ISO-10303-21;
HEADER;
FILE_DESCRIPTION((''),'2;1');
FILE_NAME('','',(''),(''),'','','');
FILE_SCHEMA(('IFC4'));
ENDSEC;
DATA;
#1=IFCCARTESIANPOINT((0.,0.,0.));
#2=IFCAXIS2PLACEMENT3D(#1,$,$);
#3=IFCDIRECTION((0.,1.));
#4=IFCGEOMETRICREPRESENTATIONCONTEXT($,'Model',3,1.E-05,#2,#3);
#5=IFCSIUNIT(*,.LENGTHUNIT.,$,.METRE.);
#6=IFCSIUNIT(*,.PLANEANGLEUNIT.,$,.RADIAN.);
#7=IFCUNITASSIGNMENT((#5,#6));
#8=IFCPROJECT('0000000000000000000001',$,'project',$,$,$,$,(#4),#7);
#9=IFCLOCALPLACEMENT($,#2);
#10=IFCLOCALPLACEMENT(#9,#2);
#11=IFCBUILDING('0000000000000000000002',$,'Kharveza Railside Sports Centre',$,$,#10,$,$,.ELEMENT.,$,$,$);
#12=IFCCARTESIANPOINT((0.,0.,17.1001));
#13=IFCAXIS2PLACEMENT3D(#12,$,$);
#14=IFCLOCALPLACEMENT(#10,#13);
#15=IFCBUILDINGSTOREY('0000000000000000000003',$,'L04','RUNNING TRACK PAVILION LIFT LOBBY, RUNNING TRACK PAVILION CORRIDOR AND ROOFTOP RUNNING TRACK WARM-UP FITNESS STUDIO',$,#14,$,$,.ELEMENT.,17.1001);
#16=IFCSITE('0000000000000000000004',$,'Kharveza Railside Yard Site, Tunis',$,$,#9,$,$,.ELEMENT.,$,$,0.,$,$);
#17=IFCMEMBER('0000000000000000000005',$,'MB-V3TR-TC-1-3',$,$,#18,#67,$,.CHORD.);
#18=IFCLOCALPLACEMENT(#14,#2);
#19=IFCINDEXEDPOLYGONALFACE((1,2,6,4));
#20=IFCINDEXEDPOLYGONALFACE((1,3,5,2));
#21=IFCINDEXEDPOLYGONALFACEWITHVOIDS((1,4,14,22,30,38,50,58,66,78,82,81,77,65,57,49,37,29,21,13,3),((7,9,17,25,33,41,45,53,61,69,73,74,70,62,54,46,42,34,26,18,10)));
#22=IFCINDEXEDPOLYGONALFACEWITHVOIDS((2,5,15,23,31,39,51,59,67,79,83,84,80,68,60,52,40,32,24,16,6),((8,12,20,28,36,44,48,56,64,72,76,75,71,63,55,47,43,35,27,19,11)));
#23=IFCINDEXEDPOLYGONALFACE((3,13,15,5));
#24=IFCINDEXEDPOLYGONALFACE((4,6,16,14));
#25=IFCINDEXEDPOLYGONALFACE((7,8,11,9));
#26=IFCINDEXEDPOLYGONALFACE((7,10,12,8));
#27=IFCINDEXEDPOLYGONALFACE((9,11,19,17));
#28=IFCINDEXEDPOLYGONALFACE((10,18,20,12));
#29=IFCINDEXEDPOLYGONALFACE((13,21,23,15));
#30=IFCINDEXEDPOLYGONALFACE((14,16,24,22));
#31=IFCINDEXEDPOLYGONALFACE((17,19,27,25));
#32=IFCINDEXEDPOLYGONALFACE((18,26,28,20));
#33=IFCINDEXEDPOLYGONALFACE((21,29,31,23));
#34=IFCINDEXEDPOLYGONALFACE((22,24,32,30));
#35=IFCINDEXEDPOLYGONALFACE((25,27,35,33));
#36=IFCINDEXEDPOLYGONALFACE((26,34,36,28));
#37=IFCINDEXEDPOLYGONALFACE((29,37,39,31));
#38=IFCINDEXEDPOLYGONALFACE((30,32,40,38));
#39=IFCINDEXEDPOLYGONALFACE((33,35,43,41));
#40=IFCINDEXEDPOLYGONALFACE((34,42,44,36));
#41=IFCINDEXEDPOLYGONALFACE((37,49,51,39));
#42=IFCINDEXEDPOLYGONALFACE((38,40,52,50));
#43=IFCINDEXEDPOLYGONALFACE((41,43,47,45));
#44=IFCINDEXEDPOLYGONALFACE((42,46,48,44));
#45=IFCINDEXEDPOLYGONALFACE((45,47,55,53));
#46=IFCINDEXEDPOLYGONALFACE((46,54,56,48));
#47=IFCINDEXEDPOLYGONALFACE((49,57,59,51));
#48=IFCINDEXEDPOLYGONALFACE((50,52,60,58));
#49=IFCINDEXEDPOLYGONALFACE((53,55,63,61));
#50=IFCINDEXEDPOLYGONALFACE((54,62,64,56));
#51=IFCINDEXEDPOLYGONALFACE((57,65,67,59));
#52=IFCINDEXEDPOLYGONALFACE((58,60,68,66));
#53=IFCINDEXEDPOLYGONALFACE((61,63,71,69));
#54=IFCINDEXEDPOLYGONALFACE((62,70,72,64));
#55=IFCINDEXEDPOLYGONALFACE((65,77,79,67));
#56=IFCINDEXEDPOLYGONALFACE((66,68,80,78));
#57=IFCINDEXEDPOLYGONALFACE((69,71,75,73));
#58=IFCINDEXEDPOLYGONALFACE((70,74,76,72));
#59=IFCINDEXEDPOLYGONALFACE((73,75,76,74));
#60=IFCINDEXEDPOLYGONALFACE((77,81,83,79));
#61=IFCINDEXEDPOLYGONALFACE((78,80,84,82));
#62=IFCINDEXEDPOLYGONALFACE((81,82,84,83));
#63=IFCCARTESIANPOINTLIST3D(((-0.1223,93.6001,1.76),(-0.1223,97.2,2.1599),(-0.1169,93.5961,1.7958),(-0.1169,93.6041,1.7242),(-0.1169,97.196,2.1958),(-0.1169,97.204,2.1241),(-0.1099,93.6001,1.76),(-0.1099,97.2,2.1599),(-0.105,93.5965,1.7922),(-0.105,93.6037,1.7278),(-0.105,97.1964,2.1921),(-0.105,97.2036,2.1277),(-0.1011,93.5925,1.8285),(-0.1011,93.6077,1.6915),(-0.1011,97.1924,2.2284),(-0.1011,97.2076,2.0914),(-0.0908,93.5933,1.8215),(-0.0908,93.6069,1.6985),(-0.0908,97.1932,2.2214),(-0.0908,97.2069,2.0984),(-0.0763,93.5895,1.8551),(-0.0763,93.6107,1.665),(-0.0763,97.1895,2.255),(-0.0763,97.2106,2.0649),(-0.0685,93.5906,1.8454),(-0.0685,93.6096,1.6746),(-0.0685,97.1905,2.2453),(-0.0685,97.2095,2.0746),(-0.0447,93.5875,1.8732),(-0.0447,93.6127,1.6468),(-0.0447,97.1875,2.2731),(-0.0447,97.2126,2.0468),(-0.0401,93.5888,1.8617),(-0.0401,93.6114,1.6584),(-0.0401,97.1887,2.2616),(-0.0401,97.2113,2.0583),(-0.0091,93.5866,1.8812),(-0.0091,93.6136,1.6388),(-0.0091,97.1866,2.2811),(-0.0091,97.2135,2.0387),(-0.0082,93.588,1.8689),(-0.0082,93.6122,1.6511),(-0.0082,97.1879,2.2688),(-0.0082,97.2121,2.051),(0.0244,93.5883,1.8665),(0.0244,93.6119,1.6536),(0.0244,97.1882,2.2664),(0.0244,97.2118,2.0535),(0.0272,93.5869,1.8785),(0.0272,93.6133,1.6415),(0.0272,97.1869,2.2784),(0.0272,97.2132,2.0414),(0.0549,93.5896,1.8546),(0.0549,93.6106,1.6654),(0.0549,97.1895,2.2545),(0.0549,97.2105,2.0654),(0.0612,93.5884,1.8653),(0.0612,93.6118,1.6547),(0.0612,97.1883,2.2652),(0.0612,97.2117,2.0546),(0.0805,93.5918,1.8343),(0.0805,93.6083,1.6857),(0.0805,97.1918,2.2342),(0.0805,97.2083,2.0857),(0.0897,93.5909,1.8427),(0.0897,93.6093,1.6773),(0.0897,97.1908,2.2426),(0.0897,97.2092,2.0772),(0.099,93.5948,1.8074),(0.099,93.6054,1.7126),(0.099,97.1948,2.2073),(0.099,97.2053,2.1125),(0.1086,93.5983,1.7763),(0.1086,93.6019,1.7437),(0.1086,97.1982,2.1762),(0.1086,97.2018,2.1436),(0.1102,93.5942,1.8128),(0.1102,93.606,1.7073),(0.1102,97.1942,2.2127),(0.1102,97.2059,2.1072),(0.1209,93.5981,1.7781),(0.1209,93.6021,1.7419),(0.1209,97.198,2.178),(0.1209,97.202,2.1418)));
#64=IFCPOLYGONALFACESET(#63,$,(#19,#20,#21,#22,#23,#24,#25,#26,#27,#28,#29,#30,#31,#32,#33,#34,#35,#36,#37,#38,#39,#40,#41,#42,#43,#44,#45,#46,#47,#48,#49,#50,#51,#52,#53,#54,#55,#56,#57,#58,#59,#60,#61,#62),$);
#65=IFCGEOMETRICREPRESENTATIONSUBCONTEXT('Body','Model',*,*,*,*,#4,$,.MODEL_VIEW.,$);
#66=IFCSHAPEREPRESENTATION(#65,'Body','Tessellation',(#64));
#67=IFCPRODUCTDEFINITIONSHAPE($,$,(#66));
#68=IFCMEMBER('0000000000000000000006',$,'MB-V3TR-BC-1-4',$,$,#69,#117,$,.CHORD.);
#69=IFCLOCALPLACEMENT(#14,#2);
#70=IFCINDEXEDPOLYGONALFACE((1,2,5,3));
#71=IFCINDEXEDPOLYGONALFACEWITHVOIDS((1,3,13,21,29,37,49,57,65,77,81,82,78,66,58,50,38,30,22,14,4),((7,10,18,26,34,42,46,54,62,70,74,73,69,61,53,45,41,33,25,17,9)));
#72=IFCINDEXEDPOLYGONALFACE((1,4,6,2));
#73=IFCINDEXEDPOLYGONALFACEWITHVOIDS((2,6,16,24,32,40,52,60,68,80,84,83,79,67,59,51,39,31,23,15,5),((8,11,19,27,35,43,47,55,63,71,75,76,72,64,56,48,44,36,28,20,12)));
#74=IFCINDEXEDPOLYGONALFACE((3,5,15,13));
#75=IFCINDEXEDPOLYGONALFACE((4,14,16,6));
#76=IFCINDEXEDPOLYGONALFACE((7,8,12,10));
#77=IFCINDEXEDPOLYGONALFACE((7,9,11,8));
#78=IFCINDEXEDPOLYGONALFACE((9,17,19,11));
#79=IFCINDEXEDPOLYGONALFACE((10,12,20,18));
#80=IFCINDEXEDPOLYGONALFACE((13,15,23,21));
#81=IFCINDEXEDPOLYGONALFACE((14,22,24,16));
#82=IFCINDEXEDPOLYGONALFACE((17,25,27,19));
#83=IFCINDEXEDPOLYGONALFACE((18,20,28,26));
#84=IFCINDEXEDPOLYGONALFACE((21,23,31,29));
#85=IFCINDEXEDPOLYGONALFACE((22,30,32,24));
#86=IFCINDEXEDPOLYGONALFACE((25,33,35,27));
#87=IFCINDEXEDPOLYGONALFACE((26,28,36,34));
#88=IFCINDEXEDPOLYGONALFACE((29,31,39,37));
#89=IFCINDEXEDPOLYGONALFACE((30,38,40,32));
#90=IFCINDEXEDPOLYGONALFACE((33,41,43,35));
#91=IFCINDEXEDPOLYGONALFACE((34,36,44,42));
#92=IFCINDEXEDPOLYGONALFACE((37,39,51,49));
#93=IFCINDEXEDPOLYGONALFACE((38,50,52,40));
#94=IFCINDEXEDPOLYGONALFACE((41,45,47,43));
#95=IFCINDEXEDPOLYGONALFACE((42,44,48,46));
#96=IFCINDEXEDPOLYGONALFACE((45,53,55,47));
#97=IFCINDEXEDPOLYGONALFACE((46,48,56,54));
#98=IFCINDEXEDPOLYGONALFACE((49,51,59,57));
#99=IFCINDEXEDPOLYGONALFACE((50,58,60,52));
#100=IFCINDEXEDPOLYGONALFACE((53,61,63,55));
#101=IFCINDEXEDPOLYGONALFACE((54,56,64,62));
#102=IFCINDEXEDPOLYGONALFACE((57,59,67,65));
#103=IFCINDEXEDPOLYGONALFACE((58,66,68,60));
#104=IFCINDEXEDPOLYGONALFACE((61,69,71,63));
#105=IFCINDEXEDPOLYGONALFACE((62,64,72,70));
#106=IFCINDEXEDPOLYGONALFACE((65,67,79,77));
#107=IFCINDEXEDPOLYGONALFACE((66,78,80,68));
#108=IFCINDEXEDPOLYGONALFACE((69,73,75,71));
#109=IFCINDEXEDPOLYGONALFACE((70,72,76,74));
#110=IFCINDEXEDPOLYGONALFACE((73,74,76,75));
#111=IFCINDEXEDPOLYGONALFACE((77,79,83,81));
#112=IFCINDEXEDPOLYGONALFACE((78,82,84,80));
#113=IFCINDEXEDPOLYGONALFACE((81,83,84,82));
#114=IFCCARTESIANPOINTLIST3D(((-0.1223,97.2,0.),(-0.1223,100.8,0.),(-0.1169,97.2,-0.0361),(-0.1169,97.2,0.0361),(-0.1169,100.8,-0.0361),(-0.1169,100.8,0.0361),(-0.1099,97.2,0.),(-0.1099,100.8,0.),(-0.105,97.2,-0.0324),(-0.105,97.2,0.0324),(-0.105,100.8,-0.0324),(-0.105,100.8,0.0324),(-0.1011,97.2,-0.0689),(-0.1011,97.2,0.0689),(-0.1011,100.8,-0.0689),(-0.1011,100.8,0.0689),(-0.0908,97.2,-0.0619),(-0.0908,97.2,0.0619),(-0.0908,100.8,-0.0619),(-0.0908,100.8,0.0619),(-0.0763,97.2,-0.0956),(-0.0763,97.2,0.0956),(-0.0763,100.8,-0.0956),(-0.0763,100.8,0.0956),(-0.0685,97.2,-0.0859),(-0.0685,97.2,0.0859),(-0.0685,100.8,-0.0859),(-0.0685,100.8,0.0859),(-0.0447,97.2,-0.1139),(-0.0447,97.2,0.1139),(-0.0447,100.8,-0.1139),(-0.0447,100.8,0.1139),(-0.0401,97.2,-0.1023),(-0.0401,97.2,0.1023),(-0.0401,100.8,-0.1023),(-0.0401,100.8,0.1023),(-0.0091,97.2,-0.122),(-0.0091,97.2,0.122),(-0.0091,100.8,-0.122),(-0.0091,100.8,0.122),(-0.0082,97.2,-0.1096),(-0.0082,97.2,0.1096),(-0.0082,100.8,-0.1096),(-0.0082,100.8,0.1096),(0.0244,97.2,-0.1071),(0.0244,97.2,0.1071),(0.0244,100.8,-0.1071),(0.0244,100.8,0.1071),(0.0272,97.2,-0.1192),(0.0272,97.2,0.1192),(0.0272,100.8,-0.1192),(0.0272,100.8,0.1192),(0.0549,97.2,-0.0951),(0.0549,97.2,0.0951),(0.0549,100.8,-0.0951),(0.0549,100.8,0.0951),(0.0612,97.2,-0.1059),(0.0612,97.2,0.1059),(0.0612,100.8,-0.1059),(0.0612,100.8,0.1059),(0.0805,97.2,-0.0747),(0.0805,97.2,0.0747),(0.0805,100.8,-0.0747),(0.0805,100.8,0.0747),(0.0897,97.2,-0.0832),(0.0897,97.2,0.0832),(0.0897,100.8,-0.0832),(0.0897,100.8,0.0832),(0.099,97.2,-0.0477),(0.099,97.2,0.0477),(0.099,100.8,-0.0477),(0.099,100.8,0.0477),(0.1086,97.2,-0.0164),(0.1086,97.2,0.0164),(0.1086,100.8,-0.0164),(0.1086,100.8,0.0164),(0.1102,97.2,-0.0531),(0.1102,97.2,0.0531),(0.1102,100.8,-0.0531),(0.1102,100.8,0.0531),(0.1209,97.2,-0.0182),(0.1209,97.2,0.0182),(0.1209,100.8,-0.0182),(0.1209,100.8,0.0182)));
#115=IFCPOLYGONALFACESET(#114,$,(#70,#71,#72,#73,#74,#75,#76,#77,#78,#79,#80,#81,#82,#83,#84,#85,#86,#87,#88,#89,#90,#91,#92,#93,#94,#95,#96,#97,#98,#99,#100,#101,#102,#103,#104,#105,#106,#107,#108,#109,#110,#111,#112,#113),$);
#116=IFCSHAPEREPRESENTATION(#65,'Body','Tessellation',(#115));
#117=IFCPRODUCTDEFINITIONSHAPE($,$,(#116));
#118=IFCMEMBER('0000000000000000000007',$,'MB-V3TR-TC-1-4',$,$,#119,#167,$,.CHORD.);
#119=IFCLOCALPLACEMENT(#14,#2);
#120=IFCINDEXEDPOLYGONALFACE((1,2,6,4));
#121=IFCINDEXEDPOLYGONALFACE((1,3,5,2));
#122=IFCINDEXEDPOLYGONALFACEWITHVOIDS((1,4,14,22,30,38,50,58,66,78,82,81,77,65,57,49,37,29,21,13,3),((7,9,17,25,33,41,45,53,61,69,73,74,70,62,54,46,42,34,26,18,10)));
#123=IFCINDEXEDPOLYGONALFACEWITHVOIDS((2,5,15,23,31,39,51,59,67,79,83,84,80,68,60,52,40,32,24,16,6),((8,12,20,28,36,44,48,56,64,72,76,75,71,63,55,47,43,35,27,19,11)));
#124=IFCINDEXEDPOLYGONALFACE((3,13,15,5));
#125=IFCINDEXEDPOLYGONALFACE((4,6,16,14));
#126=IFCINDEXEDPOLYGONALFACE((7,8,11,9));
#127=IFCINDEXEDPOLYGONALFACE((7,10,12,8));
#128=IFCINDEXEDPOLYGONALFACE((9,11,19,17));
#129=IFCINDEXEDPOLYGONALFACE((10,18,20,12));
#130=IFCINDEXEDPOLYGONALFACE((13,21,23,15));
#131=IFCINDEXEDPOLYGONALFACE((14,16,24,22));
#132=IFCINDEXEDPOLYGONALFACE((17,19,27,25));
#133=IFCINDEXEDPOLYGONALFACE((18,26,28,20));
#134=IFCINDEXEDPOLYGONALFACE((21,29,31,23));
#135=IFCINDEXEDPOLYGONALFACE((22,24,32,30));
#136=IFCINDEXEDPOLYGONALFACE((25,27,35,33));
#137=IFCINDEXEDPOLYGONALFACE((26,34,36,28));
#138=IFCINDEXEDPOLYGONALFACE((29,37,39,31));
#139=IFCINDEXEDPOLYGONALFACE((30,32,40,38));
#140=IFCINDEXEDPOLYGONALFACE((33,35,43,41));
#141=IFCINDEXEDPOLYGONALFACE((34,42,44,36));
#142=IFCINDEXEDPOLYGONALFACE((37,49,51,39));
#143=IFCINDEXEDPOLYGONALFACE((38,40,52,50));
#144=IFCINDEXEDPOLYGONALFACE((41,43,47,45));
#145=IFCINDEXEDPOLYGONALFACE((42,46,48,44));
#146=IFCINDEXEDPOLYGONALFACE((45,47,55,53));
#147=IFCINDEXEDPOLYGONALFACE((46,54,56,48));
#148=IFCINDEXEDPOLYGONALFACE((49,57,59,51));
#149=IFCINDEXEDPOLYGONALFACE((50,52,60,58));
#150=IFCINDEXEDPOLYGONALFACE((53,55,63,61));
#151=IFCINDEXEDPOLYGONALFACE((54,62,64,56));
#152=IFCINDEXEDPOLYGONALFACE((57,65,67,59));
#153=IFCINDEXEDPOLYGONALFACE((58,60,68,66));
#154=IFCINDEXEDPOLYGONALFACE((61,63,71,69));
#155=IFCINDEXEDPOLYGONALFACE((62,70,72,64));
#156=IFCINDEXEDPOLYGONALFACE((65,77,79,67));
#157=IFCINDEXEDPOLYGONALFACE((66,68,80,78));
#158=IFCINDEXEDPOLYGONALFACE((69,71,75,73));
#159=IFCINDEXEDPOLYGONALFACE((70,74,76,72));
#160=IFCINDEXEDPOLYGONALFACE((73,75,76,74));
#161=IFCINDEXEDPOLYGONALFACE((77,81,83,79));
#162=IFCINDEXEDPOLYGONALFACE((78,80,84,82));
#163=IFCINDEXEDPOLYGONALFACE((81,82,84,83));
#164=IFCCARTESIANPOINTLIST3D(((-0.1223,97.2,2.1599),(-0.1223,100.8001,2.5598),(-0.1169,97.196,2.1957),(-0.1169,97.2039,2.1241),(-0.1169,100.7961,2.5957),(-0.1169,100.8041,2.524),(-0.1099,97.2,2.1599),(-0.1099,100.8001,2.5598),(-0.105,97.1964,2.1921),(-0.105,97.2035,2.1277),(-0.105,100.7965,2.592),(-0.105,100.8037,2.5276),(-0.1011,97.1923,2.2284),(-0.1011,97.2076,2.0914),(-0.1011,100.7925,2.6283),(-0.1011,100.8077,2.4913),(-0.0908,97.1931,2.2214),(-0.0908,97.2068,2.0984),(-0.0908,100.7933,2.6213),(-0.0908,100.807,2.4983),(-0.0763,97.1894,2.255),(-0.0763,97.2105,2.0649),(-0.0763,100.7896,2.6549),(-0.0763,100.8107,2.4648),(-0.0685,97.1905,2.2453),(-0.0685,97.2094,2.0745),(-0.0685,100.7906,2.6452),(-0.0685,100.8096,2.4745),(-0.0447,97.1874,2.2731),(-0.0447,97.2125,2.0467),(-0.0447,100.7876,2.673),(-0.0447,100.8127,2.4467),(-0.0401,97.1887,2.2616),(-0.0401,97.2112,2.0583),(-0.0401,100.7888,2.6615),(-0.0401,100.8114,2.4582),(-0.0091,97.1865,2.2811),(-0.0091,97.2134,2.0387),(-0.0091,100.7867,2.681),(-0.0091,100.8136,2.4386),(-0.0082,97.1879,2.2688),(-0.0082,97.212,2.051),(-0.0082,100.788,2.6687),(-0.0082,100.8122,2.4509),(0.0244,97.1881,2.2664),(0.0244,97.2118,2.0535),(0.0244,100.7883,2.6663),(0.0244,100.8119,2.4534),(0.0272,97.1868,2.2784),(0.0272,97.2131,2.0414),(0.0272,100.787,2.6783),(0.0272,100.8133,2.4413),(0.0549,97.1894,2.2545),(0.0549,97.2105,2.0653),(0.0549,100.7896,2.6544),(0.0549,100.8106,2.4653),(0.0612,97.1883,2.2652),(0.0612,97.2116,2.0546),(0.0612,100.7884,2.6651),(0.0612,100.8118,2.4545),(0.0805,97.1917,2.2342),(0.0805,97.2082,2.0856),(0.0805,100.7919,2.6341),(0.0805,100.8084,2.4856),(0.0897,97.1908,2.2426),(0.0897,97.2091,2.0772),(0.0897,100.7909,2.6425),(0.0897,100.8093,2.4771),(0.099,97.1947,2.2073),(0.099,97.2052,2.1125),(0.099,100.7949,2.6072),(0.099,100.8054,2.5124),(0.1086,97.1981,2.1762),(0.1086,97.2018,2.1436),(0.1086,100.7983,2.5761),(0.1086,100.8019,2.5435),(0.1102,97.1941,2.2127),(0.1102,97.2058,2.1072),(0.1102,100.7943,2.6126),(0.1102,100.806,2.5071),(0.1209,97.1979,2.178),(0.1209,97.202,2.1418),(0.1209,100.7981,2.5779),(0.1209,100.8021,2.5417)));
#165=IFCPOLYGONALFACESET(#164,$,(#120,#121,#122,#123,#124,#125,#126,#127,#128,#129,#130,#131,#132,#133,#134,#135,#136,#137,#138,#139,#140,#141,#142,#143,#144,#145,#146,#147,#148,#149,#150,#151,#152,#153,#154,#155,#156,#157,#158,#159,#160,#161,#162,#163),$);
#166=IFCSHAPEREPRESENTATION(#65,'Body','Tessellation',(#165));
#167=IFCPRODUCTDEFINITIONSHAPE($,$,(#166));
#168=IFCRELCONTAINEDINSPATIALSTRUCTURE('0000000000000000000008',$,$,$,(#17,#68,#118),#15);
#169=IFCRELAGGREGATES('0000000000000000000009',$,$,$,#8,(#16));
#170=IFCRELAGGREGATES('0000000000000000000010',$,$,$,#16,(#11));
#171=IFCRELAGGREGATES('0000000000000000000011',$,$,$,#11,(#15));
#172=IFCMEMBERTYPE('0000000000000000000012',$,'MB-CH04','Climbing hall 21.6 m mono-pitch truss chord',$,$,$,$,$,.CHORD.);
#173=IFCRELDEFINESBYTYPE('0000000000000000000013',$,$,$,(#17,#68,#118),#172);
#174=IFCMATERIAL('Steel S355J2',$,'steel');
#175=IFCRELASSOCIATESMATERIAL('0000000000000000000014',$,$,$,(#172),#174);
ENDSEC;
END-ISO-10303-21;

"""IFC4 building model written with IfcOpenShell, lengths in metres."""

from ifc_helpers import new_model, si_unit, direction, frame, origin, origin_2d, place, context, subcontext, project, spatial, hollow_circle, extrude, material, material_profile, profile_set, type_object, element, save


model = new_model("IFC4")

# Units and contexts
model_context = context("Model", 3, precision=1e-05, world=origin(), true_north=direction((0.0, 1.0)))
body_context = subcontext(model_context, "Body", "Model", "MODEL_VIEW")
ifc_project = project(units=[si_unit("LENGTHUNIT", "METRE"), si_unit("PLANEANGLEUNIT", "RADIAN")], contexts=[model_context])

# Site, building, storey
site_placement = place(None, origin())
site = spatial("IfcSite", under=ifc_project, at=site_placement, Name="Kharveza Railside Yard Site, Tunis", CompositionType="ELEMENT", RefElevation=0.0)
building_placement = place(site_placement, origin())
building = spatial("IfcBuilding", under=site, at=building_placement, Name="Kharveza Railside Sports Centre", CompositionType="ELEMENT")
storey_placement = place(building_placement, frame((0.0, 0.0, 17.1001)))
storey = spatial("IfcBuildingStorey", under=building, at=storey_placement, Name="L04", Description="RUNNING TRACK PAVILION LIFT LOBBY, RUNNING TRACK PAVILION CORRIDOR AND ROOFTOP RUNNING TRACK WARM-UP FITNESS STUDIO", CompositionType="ELEMENT", Elevation=17.1001)

# Members
ifc_material_1 = material(Name="Steel S355J2", Category="steel")
ifc_material_profile_1 = material_profile(ifc_material_1, hollow_circle(Radius=0.1223, WallThickness=0.0125, at=origin_2d()), Name="CHS 244.5x12.5")
ifc_profile_set_1 = profile_set([ifc_material_profile_1], Name="Steel S355J2")
member_type_1 = type_object("IfcMemberType", Name="MB-CH04", Description="Climbing hall 21.6 m mono-pitch truss chord", PredefinedType="CHORD", material=ifc_profile_set_1)
member_1_placement = place(storey_placement, frame((0.0, 93.6001, 1.76), z_axis=(0.0, 0.993886, 0.110409), x_axis=(-1.0, 0.0, 0.0)))
element("IfcMember", 1, at=member_1_placement, inside=storey, type_object=member_type_1, Name="MB-V3TR-TC-1-3", PredefinedType="CHORD", context=body_context, shape_type="SweptSolid", body=[
    extrude(hollow_circle(Radius=0.1223, WallThickness=0.0125, at=origin_2d()), origin(), (0.0, 0.0, 1.0), 3.6221),
])
member_2_placement = place(storey_placement, frame((0.0, 97.2, 0.0), z_axis=(0.0, 1.0, 0.0), x_axis=(-1.0, 0.0, 0.0)))
element("IfcMember", 2, at=member_2_placement, inside=storey, type_object=member_type_1, Name="MB-V3TR-BC-1-4", PredefinedType="CHORD", context=body_context, shape_type="SweptSolid", body=[
    extrude(hollow_circle(Radius=0.1223, WallThickness=0.0125, at=origin_2d()), origin(), (0.0, 0.0, 1.0), 3.6001),
])
member_3_placement = place(storey_placement, frame((0.0, 97.2, 2.1599), z_axis=(0.0, 0.993887, 0.110402), x_axis=(-1.0, 0.0, 0.0)))
element("IfcMember", 3, at=member_3_placement, inside=storey, type_object=member_type_1, Name="MB-V3TR-TC-1-4", PredefinedType="CHORD", context=body_context, shape_type="SweptSolid", body=[
    extrude(hollow_circle(Radius=0.1223, WallThickness=0.0125, at=origin_2d()), origin(), (0.0, 0.0, 1.0), 3.6223),
])

save(model, "model.ifc")
